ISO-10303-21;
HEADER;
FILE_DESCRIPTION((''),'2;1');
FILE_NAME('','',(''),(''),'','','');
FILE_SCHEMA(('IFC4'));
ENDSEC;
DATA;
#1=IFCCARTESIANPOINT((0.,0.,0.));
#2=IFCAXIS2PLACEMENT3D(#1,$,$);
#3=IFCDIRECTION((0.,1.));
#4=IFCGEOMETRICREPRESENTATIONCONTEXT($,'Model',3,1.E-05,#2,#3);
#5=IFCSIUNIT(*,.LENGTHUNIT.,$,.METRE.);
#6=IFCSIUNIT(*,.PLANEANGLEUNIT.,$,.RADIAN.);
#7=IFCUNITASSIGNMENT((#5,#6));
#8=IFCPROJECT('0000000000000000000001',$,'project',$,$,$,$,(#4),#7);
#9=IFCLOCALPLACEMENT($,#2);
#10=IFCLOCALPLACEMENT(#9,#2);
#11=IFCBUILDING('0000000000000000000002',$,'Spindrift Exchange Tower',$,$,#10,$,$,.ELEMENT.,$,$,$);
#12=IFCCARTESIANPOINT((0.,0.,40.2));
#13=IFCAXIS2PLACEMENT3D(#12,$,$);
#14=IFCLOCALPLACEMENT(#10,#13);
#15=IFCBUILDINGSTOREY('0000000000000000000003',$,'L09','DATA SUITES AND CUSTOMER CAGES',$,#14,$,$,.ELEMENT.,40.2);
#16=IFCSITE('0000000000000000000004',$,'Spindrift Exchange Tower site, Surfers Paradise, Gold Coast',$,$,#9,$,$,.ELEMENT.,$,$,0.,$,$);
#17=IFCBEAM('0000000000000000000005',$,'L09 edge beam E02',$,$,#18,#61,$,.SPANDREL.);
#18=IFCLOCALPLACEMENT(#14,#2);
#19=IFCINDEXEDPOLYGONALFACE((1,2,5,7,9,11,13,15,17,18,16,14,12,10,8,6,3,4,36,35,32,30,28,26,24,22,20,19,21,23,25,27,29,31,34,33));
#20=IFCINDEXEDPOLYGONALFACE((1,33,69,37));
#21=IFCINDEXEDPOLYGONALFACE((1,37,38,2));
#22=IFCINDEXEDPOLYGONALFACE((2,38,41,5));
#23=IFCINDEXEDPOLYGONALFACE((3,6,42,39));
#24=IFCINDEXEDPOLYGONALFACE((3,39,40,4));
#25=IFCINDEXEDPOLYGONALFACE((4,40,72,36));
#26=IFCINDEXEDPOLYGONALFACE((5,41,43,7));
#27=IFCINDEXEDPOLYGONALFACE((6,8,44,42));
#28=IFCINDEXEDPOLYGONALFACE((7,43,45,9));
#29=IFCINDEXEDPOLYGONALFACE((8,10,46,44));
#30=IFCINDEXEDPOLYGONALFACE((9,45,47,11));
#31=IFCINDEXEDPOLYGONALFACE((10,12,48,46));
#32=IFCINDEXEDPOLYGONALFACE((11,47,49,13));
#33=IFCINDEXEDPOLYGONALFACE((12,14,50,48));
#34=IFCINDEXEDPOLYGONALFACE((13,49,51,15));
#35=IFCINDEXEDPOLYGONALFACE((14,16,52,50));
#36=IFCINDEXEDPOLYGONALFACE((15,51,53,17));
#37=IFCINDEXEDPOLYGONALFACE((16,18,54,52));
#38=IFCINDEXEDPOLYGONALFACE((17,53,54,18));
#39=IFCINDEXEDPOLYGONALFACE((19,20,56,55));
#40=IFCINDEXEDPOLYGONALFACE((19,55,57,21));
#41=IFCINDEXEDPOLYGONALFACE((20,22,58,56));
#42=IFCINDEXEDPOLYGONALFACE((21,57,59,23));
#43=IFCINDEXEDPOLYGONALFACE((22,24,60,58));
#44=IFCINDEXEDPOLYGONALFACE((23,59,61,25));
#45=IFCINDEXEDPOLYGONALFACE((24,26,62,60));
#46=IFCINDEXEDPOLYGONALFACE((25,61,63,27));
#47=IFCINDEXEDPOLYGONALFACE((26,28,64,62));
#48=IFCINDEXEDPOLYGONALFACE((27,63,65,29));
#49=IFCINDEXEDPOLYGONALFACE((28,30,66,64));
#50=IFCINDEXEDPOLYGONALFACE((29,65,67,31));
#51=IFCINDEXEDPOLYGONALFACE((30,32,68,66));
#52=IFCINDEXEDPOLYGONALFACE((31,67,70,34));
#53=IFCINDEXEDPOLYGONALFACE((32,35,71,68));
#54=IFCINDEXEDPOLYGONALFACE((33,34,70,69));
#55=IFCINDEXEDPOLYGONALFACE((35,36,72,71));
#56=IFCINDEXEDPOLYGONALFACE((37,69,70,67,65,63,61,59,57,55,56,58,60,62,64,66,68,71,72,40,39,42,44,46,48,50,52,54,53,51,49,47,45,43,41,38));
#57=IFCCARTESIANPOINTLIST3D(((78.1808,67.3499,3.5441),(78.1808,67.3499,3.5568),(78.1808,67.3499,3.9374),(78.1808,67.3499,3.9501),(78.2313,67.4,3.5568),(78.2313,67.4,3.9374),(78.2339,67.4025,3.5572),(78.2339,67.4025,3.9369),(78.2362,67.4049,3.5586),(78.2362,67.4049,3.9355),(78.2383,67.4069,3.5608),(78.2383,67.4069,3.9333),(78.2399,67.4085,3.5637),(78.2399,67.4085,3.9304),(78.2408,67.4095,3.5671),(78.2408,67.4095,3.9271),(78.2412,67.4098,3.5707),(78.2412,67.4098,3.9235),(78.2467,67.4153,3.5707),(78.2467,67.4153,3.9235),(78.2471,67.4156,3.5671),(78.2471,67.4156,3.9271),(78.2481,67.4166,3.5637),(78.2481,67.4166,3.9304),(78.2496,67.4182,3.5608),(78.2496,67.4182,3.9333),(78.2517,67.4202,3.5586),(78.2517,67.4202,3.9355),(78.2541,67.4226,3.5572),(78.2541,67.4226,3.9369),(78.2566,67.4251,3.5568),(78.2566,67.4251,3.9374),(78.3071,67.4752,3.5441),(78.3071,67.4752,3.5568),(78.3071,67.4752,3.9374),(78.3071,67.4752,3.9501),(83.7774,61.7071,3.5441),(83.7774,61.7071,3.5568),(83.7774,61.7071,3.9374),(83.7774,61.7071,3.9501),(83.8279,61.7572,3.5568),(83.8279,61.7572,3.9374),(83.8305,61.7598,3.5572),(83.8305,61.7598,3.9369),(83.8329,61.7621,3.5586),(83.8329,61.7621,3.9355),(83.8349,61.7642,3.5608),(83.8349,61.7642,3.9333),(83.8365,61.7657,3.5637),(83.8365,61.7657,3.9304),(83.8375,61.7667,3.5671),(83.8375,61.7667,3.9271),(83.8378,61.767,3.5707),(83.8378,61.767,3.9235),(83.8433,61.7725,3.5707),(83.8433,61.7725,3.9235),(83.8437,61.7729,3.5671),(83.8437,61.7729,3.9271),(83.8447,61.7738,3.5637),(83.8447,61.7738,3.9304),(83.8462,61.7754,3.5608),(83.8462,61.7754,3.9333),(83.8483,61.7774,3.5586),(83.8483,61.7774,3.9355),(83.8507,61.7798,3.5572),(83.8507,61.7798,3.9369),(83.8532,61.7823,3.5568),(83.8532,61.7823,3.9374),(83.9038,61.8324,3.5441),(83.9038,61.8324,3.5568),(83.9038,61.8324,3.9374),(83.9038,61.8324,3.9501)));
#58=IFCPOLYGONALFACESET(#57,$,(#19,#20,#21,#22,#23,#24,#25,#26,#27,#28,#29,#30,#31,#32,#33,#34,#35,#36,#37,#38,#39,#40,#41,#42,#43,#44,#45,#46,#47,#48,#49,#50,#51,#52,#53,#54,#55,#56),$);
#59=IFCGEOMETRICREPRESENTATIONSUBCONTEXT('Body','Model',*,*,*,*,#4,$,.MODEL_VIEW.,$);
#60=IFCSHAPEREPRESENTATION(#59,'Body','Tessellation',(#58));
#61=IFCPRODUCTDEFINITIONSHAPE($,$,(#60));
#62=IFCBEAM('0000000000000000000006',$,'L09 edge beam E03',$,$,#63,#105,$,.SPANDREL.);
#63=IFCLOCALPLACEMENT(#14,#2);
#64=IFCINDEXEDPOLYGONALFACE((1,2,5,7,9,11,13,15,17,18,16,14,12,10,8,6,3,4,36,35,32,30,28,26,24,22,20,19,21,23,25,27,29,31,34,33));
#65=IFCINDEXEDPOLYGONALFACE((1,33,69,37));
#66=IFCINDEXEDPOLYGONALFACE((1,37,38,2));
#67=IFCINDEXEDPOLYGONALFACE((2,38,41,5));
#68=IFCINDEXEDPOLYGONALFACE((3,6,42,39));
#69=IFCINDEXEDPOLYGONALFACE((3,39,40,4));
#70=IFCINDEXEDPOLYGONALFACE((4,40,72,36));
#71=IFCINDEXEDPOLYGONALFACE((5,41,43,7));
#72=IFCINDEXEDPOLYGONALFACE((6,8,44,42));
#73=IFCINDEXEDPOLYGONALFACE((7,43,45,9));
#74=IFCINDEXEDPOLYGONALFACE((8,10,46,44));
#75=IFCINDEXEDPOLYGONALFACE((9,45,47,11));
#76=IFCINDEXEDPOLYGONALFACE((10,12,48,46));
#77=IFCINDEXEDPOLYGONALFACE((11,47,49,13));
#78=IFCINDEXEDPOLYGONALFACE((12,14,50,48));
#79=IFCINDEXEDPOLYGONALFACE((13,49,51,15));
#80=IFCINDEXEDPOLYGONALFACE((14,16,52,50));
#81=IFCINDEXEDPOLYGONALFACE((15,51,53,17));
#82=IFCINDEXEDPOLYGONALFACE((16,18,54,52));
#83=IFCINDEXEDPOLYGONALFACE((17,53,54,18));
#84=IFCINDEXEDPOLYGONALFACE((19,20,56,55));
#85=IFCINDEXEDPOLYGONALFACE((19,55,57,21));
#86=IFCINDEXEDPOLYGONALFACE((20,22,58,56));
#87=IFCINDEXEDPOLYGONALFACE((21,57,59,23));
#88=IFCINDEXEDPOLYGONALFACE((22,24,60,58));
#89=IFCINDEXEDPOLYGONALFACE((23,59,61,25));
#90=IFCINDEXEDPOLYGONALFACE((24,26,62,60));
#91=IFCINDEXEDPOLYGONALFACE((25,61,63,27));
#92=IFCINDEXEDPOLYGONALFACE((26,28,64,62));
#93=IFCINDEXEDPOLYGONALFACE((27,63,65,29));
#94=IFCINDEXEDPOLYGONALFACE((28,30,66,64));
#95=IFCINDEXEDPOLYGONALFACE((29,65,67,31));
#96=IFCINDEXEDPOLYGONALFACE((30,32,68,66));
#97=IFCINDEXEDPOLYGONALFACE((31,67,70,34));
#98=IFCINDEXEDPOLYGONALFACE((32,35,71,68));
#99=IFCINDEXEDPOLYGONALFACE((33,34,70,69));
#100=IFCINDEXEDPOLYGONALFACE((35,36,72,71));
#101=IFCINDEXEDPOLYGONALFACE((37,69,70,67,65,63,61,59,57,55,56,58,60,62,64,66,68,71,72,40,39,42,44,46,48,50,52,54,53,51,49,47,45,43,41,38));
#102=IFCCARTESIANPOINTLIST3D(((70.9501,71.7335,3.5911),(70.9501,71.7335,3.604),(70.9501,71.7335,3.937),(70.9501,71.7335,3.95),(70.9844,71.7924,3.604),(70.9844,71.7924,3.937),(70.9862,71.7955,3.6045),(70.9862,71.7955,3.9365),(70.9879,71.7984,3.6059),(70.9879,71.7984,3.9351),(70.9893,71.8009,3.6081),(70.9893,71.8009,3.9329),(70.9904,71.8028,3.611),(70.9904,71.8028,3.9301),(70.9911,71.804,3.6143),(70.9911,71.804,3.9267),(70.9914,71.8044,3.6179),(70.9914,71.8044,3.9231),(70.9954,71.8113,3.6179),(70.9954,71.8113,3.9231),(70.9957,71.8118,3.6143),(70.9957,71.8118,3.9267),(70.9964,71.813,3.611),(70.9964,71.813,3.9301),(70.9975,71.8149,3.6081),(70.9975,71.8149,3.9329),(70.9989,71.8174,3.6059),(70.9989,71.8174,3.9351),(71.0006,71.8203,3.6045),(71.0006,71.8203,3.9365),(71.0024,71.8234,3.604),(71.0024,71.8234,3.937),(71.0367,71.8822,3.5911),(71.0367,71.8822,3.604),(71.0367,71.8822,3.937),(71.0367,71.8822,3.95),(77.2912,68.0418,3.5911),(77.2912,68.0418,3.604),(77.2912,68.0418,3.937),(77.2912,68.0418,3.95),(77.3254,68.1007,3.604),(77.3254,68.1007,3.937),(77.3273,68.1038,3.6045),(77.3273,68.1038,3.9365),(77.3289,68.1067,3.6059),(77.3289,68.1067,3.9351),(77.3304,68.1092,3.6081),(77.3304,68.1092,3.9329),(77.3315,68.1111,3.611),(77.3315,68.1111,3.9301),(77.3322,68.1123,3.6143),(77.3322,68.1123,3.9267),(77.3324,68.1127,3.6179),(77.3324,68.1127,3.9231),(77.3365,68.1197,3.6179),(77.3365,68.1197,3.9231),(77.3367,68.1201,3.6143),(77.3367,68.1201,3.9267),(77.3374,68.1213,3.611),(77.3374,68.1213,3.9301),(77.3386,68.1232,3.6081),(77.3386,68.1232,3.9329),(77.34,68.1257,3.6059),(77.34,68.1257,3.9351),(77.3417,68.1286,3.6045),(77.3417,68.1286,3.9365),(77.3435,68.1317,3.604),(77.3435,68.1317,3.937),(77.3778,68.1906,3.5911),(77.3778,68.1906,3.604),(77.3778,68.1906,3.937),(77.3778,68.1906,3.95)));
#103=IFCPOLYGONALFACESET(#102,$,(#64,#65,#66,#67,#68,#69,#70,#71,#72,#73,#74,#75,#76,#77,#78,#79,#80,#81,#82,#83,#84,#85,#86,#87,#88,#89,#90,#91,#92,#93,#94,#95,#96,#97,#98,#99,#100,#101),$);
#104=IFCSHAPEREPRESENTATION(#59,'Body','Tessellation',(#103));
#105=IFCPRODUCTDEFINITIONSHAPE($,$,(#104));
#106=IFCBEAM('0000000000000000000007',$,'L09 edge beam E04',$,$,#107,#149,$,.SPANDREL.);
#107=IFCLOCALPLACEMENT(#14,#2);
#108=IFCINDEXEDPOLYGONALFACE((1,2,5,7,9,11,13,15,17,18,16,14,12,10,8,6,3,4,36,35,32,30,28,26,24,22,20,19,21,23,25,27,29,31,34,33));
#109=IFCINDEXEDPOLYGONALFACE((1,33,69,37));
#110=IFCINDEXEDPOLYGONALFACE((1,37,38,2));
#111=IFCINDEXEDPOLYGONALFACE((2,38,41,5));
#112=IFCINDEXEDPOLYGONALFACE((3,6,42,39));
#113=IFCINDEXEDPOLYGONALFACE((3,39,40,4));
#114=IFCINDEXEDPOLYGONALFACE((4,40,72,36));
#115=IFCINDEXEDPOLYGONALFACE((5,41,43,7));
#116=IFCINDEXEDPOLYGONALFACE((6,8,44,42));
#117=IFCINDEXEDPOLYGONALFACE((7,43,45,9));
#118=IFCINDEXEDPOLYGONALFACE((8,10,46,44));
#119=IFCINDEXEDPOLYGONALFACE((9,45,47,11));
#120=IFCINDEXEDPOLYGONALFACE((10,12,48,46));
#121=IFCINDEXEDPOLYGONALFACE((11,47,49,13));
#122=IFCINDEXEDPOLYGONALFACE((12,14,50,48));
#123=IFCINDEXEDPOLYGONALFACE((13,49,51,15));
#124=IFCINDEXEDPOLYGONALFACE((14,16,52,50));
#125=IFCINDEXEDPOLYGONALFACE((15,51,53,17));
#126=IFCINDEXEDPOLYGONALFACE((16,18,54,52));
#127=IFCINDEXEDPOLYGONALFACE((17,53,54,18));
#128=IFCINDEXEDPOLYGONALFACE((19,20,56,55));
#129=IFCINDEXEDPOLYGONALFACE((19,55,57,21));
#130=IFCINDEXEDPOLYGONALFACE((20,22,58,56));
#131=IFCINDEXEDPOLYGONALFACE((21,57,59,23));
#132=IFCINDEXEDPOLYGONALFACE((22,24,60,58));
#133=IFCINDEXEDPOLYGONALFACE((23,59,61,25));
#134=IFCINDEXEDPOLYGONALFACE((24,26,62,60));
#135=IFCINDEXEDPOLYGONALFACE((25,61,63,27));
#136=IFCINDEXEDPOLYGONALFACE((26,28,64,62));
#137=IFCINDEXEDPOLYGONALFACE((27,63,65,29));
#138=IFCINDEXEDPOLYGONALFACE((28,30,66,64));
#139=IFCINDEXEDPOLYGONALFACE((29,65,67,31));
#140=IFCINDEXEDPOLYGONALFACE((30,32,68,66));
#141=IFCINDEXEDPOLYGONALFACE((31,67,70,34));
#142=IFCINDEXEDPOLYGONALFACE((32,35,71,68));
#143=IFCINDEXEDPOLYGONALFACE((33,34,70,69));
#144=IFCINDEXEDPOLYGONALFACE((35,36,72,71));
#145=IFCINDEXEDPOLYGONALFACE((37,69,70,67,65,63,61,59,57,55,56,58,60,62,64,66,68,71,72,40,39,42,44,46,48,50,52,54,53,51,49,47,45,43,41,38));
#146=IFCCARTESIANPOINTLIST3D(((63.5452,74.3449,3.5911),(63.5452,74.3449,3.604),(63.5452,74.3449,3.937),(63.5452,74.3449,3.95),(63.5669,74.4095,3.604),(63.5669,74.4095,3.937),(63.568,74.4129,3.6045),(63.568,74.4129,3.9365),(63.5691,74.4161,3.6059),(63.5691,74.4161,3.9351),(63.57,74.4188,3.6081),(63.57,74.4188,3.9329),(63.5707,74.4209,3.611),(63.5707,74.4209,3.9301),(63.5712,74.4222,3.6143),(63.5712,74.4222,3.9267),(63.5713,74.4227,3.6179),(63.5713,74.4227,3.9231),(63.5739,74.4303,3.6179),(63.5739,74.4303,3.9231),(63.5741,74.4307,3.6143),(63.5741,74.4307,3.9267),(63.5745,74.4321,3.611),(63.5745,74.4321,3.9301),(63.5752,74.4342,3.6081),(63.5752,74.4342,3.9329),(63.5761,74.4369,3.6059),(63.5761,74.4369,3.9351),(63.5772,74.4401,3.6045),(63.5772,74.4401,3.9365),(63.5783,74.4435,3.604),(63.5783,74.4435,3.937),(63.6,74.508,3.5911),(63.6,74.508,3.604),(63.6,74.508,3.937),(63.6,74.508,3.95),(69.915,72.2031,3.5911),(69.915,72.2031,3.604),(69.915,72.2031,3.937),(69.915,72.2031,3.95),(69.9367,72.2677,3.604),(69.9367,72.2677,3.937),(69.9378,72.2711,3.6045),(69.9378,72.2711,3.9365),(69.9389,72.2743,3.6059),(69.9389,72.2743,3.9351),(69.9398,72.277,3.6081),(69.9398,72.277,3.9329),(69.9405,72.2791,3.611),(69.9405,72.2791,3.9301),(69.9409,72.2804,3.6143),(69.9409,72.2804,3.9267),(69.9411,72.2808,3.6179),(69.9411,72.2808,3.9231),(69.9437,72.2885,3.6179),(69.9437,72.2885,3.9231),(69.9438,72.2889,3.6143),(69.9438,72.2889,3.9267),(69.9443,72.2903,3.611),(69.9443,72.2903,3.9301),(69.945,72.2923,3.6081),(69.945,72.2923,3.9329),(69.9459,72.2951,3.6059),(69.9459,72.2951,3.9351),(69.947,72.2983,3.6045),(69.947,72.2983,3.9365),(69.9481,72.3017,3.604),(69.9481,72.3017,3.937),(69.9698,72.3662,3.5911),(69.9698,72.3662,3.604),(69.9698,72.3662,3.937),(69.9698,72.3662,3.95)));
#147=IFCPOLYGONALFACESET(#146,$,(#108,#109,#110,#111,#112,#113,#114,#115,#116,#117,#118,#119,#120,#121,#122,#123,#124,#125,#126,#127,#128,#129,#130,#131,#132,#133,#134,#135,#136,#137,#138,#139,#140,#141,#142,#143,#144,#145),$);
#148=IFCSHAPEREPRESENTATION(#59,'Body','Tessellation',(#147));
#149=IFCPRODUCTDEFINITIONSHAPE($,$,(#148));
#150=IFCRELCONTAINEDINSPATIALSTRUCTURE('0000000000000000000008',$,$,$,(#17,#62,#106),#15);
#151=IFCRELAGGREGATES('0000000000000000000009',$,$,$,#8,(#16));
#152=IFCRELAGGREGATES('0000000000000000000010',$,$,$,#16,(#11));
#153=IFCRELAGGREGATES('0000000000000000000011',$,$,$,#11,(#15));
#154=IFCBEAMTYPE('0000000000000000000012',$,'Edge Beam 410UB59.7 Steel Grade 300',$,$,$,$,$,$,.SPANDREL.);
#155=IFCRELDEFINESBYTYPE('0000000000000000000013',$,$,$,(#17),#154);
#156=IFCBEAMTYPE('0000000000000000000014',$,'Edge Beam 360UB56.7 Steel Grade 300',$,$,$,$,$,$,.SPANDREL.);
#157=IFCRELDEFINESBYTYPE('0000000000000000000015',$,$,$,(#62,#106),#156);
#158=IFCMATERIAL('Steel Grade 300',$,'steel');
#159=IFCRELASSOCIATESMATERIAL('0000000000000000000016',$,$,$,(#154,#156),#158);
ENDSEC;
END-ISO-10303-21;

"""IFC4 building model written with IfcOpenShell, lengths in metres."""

from ifc_helpers import new_model, si_unit, direction, frame, origin, origin_2d, place, context, subcontext, project, spatial, i_section, extrude, source, transform, mapped, material, material_profile, profile_set, type_object, element, save


model = new_model("IFC4")

# Units and contexts
model_context = context("Model", 3, precision=1e-05, world=origin(), true_north=direction((0.0, 1.0)))
body_context = subcontext(model_context, "Body", "Model", "MODEL_VIEW")
ifc_project = project(units=[si_unit("LENGTHUNIT", "METRE"), si_unit("PLANEANGLEUNIT", "RADIAN")], contexts=[model_context])

# Site, building, storey
site_placement = place(None, origin())
site = spatial("IfcSite", under=ifc_project, at=site_placement, Name="Spindrift Exchange Tower site, Surfers Paradise, Gold Coast", CompositionType="ELEMENT", RefElevation=0.0)
building_placement = place(site_placement, origin())
building = spatial("IfcBuilding", under=site, at=building_placement, Name="Spindrift Exchange Tower", CompositionType="ELEMENT")
storey_placement = place(building_placement, frame((0.0, 0.0, 40.2)))
storey = spatial("IfcBuildingStorey", under=building, at=storey_placement, Name="L09", Description="DATA SUITES AND CUSTOMER CAGES", CompositionType="ELEMENT", Elevation=40.2)

# Beams
ifc_material_1 = material(Name="Steel Grade 300", Category="steel")
ifc_material_profile_1 = material_profile(ifc_material_1, i_section(OverallWidth=0.178, OverallDepth=0.406, WebThickness=0.0078, FlangeThickness=0.0127, FilletRadius=0.0139, at=origin_2d()), Name="410UB59.7")
ifc_profile_set_1 = profile_set([ifc_material_profile_1], Name="Steel Grade 300")
beam_type_1 = type_object("IfcBeamType", Name="Edge Beam 410UB59.7 Steel Grade 300", PredefinedType="SPANDREL", material=ifc_profile_set_1)
shared_shape_1 = source(origin(), body_context, "Body", "SweptSolid", [
    extrude(i_section(OverallWidth=0.178, OverallDepth=0.406, WebThickness=0.0078, FlangeThickness=0.0127, FilletRadius=0.0139, at=origin_2d()), origin(), (0.0, 0.0, 1.0), 7.9475),
])
beam_1_placement = place(storey_placement, frame((83.8406, 61.7698, 3.7471), z_axis=(-0.704198, 0.710004, 0.0), x_axis=(-0.710004, -0.704198, 0.0)))
element("IfcBeam", 1, at=beam_1_placement, inside=storey, type_object=beam_type_1, Name="L09 edge beam E02", PredefinedType="SPANDREL", context=body_context, shape_type="MappedRepresentation", body=[
    mapped(shared_shape_1, transform((0.0, 0.0, 0.0), scale=1.0)),
])
ifc_material_profile_2 = material_profile(ifc_material_1, i_section(OverallWidth=0.1721, OverallDepth=0.3589, WebThickness=0.0081, FlangeThickness=0.0129, FilletRadius=0.0139, at=origin_2d()), Name="360UB56.7")
ifc_profile_set_2 = profile_set([ifc_material_profile_2], Name="Steel Grade 300")
beam_type_2 = type_object("IfcBeamType", Name="Edge Beam 360UB56.7 Steel Grade 300", PredefinedType="SPANDREL", material=ifc_profile_set_2)
shared_shape_2 = source(origin(), body_context, "Body", "SweptSolid", [
    extrude(i_section(OverallWidth=0.1721, OverallDepth=0.3589, WebThickness=0.0081, FlangeThickness=0.0129, FilletRadius=0.0139, at=origin_2d()), origin(), (0.0, 0.0, 1.0), 7.3374),
])
beam_2_placement = place(storey_placement, frame((77.3345, 68.1162, 3.7705), z_axis=(-0.864212, 0.503128, 0.0), x_axis=(-0.503128, -0.864212, 0.0)))
element("IfcBeam", 2, at=beam_2_placement, inside=storey, type_object=beam_type_2, Name="L09 edge beam E03", PredefinedType="SPANDREL", context=body_context, shape_type="MappedRepresentation", body=[
    mapped(shared_shape_2, transform((0.0, 0.0, 0.0), scale=1.0)),
])
shared_shape_3 = source(origin(), body_context, "Body", "SweptSolid", [
    extrude(i_section(OverallWidth=0.1721, OverallDepth=0.3589, WebThickness=0.0081, FlangeThickness=0.0129, FilletRadius=0.0139, at=origin_2d()), origin(), (0.0, 0.0, 1.0), 6.7202),
])
beam_3_placement = place(storey_placement, frame((69.9424, 72.2847, 3.7705), z_axis=(-0.947852, 0.318712, 0.0), x_axis=(-0.318712, -0.947852, 0.0)))
element("IfcBeam", 3, at=beam_3_placement, inside=storey, type_object=beam_type_2, Name="L09 edge beam E04", PredefinedType="SPANDREL", context=body_context, shape_type="MappedRepresentation", body=[
    mapped(shared_shape_3, transform((0.0, 0.0, 0.0), scale=1.0)),
])

save(model, "model.ifc")
